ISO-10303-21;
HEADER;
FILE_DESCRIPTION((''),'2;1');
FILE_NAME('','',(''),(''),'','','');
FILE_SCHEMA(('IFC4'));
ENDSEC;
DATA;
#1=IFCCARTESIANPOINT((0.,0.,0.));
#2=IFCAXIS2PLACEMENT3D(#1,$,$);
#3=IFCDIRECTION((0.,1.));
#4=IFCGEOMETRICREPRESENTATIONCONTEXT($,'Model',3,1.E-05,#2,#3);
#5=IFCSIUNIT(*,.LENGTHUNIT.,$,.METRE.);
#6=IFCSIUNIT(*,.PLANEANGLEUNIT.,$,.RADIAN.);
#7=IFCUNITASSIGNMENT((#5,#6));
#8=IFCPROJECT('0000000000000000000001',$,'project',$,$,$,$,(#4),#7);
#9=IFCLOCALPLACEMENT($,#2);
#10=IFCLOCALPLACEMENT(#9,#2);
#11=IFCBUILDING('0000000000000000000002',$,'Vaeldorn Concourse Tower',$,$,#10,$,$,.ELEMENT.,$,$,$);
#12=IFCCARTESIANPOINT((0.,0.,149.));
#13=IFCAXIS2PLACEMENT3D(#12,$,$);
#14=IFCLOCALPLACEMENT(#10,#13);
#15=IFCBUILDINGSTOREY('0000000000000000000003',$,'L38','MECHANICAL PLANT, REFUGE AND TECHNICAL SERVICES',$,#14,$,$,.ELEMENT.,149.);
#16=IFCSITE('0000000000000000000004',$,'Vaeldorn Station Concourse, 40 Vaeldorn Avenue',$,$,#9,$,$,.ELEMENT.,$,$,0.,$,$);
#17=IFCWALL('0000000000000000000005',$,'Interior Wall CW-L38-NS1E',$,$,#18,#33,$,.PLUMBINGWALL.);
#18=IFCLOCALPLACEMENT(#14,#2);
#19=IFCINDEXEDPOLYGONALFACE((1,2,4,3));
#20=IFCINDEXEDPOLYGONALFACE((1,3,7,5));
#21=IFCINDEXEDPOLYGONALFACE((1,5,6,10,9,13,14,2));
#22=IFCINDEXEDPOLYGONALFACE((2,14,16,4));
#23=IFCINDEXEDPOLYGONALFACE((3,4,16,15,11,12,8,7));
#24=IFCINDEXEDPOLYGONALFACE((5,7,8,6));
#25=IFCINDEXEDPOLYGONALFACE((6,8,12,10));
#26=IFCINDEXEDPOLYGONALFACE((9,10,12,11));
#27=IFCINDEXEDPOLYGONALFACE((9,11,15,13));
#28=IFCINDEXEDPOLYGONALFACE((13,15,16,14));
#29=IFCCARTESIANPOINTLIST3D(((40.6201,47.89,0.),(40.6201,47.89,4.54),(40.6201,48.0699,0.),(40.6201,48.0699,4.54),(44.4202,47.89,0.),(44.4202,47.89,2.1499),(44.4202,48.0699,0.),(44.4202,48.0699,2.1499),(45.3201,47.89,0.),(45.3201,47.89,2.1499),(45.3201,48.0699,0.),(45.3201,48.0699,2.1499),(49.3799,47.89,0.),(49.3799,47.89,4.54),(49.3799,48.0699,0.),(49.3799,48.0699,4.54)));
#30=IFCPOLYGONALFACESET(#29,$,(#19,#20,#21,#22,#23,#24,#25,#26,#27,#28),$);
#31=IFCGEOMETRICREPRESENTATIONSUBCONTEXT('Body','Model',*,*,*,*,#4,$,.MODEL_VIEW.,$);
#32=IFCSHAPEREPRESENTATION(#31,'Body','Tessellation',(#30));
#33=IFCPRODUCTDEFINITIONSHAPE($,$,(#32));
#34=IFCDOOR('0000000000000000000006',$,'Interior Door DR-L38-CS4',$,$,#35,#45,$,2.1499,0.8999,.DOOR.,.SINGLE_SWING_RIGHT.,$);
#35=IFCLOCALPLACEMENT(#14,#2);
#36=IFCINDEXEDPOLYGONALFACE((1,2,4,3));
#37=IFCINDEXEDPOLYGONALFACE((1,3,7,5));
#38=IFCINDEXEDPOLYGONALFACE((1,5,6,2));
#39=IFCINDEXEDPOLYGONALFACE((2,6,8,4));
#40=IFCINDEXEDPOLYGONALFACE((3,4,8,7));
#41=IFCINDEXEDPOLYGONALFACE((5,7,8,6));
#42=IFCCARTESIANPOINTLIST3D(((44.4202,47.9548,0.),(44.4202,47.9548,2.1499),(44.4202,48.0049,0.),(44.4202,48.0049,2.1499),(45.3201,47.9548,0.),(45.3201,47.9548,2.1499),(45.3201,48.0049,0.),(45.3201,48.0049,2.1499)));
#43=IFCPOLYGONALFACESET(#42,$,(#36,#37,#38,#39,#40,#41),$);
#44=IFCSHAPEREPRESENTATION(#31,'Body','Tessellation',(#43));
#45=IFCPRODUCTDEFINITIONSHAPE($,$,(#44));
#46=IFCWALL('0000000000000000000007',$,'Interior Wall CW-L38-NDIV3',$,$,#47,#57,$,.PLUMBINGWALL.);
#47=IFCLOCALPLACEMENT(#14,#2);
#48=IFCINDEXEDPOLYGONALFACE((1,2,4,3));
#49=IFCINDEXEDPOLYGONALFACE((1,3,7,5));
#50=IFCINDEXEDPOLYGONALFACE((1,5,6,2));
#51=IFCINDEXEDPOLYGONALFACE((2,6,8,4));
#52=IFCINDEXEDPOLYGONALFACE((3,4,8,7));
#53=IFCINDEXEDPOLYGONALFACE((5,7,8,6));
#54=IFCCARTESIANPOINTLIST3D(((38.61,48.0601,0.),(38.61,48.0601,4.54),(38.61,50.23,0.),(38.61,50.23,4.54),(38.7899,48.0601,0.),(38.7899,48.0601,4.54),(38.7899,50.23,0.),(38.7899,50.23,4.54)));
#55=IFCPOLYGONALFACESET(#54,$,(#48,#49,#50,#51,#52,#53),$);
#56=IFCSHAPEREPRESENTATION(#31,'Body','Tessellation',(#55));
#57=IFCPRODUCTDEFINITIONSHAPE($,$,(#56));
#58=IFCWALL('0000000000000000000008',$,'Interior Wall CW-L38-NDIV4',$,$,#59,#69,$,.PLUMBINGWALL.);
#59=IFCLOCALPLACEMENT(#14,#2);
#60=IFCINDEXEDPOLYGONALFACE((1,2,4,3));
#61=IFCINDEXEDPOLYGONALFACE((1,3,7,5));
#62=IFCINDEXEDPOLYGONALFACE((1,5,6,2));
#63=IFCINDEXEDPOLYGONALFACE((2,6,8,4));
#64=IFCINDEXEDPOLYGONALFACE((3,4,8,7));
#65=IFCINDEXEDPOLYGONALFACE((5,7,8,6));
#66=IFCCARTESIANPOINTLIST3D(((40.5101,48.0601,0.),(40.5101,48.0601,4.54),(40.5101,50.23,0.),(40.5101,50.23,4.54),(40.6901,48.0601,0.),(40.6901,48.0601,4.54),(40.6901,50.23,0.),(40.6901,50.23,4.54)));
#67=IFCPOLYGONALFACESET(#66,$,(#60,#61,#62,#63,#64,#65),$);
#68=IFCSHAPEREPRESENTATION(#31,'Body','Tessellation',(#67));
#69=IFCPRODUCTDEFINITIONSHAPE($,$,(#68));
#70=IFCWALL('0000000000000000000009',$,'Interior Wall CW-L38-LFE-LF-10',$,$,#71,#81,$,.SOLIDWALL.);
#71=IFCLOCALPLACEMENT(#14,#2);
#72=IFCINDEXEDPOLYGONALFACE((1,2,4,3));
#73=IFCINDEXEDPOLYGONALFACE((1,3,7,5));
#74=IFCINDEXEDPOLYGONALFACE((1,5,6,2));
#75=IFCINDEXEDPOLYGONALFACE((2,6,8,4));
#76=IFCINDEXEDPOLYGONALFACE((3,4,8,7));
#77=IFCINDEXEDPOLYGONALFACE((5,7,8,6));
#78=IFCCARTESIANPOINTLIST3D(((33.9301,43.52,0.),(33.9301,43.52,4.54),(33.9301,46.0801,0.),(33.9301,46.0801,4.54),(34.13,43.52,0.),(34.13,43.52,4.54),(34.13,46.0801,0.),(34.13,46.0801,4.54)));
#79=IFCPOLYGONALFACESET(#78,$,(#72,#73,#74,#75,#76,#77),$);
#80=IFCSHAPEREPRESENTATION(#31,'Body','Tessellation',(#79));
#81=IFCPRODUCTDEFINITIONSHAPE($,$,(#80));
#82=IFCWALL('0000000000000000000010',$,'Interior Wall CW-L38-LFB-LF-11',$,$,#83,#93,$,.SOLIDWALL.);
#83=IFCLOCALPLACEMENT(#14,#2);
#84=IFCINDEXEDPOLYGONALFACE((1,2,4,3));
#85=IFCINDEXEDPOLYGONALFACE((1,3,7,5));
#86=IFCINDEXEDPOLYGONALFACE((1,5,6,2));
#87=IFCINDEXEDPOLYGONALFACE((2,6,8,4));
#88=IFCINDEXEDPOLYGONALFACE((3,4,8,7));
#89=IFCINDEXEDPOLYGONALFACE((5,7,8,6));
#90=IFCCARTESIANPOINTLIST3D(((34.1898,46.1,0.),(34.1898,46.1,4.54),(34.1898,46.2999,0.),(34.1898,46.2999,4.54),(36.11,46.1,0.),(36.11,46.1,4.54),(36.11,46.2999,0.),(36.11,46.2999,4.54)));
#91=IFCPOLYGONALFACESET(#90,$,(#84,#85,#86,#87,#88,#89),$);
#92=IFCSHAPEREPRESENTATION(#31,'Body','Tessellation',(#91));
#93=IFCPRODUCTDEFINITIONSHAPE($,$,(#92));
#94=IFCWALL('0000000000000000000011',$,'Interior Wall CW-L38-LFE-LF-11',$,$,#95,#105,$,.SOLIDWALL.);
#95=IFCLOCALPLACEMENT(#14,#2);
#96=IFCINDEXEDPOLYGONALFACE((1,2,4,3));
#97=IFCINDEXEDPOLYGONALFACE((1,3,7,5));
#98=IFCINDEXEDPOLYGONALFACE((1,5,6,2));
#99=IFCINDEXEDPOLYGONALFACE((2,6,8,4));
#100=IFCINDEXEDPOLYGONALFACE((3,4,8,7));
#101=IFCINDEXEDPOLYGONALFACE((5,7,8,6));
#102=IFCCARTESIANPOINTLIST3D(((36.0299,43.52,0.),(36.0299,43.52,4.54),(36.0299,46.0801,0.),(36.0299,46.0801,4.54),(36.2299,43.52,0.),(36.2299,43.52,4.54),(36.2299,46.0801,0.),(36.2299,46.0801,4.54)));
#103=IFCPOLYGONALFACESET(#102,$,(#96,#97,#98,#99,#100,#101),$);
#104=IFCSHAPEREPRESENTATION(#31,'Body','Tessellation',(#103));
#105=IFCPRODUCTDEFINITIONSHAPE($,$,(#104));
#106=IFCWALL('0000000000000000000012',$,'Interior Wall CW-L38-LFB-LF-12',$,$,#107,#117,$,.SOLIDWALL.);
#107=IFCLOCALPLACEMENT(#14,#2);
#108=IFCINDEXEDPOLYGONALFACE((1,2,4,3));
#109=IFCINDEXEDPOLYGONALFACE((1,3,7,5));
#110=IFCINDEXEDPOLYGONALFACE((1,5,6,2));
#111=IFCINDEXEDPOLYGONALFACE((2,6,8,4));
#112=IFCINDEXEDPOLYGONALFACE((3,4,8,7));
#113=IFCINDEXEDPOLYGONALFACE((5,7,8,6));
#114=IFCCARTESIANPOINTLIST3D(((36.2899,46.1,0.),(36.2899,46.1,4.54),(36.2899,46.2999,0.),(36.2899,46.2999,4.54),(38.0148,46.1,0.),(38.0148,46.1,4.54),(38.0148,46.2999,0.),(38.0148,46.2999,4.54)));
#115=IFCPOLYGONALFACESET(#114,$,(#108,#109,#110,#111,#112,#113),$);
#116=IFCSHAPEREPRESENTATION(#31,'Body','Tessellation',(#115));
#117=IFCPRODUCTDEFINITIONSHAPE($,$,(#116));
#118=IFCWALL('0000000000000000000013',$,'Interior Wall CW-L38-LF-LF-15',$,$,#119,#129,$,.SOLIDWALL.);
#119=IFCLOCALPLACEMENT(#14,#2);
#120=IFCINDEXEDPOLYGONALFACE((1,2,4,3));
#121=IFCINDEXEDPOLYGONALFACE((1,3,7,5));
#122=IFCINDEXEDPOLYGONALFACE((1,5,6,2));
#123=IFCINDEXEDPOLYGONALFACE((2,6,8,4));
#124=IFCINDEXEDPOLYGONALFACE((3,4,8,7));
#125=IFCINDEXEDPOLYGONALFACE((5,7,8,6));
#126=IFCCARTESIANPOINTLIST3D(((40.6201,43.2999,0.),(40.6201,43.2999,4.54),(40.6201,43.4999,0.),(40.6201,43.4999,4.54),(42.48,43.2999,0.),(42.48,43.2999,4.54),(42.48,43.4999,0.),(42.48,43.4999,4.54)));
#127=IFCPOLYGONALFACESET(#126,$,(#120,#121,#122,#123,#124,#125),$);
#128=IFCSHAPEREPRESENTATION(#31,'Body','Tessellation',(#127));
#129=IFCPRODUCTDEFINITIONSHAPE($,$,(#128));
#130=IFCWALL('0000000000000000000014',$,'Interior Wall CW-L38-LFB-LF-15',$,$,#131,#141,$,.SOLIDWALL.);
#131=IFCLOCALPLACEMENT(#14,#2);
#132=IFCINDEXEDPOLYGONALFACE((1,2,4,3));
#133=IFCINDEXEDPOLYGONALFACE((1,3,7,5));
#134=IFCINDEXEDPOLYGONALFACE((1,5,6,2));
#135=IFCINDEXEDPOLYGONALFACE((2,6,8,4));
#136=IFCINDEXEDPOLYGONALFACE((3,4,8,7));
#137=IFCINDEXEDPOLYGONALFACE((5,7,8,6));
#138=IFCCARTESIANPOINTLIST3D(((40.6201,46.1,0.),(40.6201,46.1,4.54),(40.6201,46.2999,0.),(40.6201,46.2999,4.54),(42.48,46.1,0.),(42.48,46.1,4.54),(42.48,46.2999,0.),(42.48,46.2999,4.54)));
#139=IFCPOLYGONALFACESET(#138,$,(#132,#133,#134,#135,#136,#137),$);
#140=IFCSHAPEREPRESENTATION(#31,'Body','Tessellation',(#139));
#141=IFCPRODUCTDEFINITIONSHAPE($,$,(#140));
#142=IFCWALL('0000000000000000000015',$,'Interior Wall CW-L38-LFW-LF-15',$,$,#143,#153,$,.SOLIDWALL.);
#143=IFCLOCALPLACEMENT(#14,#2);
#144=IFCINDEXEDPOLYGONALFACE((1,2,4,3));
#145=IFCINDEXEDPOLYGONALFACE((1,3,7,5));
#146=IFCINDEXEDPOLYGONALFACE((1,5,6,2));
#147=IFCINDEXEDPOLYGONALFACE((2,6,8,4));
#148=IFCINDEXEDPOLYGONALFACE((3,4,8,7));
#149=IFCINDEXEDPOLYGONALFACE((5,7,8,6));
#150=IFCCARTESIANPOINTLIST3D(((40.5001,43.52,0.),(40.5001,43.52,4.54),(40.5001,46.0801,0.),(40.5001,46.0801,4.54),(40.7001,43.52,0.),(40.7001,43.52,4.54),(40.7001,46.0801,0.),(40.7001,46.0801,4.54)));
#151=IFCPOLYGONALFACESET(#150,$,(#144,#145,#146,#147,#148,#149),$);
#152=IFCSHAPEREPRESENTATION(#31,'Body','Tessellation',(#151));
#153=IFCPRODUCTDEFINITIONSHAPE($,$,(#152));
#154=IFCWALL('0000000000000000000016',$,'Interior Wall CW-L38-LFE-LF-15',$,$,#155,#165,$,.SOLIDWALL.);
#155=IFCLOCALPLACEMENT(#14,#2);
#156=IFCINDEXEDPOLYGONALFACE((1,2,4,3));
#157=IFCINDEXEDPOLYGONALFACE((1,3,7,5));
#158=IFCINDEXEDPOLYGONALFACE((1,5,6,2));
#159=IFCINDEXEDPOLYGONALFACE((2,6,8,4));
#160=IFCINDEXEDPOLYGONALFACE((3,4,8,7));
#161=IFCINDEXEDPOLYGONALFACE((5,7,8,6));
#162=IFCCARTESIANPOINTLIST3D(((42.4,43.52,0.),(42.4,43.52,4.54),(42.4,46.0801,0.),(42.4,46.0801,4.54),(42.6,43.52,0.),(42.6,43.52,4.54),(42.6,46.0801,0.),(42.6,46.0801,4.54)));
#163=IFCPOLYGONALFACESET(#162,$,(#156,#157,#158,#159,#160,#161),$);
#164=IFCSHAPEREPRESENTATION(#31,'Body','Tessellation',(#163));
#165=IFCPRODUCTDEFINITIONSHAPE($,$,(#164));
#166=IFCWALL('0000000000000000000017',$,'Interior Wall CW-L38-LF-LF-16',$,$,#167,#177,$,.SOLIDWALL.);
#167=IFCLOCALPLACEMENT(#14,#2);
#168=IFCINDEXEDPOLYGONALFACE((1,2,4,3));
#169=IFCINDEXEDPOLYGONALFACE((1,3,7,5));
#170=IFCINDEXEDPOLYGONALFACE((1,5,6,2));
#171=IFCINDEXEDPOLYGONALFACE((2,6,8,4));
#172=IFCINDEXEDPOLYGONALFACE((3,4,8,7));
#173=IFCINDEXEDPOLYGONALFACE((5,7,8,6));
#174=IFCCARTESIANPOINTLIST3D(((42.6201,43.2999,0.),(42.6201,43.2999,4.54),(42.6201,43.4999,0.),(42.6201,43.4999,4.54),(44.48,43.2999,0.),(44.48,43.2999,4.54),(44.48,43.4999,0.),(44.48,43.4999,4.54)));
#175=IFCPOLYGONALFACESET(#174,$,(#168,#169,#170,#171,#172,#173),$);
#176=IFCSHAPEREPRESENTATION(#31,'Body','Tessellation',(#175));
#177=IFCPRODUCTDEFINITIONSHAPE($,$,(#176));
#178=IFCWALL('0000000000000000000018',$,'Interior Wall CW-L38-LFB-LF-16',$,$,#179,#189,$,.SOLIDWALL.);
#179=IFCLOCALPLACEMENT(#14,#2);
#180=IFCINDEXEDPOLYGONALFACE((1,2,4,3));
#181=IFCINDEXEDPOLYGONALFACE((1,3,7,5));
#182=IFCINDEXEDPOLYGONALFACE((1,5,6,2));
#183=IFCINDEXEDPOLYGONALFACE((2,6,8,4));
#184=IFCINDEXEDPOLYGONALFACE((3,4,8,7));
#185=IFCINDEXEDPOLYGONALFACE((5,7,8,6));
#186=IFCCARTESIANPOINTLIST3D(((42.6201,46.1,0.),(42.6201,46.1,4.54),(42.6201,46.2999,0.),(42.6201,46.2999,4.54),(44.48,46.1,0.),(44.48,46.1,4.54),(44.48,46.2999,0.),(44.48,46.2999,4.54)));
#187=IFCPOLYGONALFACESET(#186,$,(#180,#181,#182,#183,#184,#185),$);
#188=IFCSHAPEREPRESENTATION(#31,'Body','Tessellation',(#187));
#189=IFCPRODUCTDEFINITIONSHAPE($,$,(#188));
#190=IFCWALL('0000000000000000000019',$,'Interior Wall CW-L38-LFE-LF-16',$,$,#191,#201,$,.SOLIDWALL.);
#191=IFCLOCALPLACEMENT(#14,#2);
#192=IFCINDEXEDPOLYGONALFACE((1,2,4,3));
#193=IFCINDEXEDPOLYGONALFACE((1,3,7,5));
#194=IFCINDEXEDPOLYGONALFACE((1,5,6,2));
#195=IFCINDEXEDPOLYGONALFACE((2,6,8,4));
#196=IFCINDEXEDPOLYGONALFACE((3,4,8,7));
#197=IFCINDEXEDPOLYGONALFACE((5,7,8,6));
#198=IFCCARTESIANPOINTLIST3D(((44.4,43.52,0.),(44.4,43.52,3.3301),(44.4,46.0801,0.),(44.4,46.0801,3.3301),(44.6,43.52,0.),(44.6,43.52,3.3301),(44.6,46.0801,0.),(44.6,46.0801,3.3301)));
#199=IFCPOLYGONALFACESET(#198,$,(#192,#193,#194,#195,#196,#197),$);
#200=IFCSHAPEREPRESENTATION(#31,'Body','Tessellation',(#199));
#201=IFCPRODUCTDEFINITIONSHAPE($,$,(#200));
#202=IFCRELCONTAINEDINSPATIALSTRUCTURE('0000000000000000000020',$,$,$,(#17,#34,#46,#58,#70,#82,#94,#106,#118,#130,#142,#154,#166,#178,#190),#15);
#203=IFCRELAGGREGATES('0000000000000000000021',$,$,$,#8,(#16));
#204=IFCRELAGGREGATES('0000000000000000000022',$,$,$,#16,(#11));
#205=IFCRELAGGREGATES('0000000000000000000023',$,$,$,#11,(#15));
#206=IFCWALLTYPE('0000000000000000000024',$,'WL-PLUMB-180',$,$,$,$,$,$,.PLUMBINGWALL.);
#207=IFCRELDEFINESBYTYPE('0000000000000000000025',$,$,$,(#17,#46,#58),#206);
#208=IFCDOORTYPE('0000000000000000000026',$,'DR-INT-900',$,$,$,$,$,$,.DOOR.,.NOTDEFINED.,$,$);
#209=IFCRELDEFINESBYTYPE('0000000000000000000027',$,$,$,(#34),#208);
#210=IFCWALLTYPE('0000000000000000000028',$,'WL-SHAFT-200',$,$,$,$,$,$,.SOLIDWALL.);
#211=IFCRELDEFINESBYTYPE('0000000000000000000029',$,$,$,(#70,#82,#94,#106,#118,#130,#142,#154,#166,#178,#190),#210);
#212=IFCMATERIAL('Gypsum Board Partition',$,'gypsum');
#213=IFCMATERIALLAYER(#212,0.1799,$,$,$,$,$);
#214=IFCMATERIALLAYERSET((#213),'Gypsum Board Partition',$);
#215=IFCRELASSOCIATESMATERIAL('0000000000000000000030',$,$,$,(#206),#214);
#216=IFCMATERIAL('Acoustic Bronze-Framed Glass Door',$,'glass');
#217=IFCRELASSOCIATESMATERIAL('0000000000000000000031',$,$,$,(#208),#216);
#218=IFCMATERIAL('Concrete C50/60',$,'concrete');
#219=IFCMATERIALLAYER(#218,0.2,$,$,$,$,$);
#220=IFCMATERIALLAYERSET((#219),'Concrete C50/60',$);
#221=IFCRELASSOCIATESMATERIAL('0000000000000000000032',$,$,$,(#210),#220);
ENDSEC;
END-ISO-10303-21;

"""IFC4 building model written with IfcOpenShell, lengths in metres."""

from ifc_helpers import new_model, si_unit, direction, frame, frame_2d, origin, place, context, subcontext, project, spatial, rectangle, extrude, source, transform, mapped, material, layer, layer_set, type_object, element, fill, save


model = new_model("IFC4")

# Units and contexts
model_context = context("Model", 3, precision=1e-05, world=origin(), true_north=direction((0.0, 1.0)))
body_context = subcontext(model_context, "Body", "Model", "MODEL_VIEW")
ifc_project = project(units=[si_unit("LENGTHUNIT", "METRE"), si_unit("PLANEANGLEUNIT", "RADIAN")], contexts=[model_context])

# Site, building, storey
site_placement = place(None, origin())
site = spatial("IfcSite", under=ifc_project, at=site_placement, Name="Vaeldorn Station Concourse, 40 Vaeldorn Avenue", CompositionType="ELEMENT", RefElevation=0.0)
building_placement = place(site_placement, origin())
building = spatial("IfcBuilding", under=site, at=building_placement, Name="Vaeldorn Concourse Tower", CompositionType="ELEMENT")
storey_placement = place(building_placement, frame((0.0, 0.0, 149.0)))
storey = spatial("IfcBuildingStorey", under=building, at=storey_placement, Name="L38", Description="MECHANICAL PLANT, REFUGE AND TECHNICAL SERVICES", CompositionType="ELEMENT", Elevation=149.0)

# Wall, opening, door
ifc_material_1 = material(Name="Gypsum Board Partition", Category="gypsum")
ifc_layer_1 = layer(ifc_material_1, 0.1799)
ifc_layer_set_1 = layer_set([ifc_layer_1], Name="Gypsum Board Partition")
wall_type_1 = type_object("IfcWallType", Name="WL-PLUMB-180", PredefinedType="PLUMBINGWALL", material=ifc_layer_set_1)
wall_1_placement = place(storey_placement, frame((40.6201, 47.98, 0.0), z_axis=(0.0, 0.0, 1.0), x_axis=(1.0, 0.0, 0.0)))
wall_1 = element("IfcWall", 1, at=wall_1_placement, inside=storey, type_object=wall_type_1, Name="Interior Wall CW-L38-NS1E", PredefinedType="PLUMBINGWALL", context=body_context, shape_type="SweptSolid", body=[
    extrude(rectangle(XDim=8.7598, YDim=0.1799, at=frame_2d((4.3799, 0.0))), origin(), (0.0, 0.0, 1.0), 4.54),
])
opening_1_placement = place(wall_1_placement, frame((3.8, 0.0, 0.0)))
opening_1 = element("IfcOpeningElement", 2, at=opening_1_placement, cuts=wall_1, PredefinedType="OPENING", context=body_context, shape_type="SweptSolid", body=[
    extrude(rectangle(XDim=0.8999, YDim=2.1499, at=frame_2d((0.45, 1.075))), frame((0.0, 0.1001, 0.0), z_axis=(0.0, -1.0, 0.0), x_axis=(1.0, 0.0, 0.0)), (0.0, 0.0, 1.0), 0.2),
])
ifc_material_2 = material(Name="Acoustic Bronze-Framed Glass Door", Category="glass")
door_type_1 = type_object("IfcDoorType", Name="DR-INT-900", OperationType="NOTDEFINED", PredefinedType="DOOR", material=ifc_material_2)
shared_shape_1 = source(origin(), body_context, "Body", "SweptSolid", [
    extrude(rectangle(XDim=0.8999, YDim=2.1499, at=frame_2d((0.45, 1.075))), frame((0.0, 0.0249, 0.0), z_axis=(0.0, -1.0, 0.0), x_axis=(1.0, 0.0, 0.0)), (0.0, 0.0, 1.0), 0.05),
])
door_1_placement = place(opening_1_placement, origin())
door_1 = element("IfcDoor", 3, at=door_1_placement, inside=storey, type_object=door_type_1, Name="Interior Door DR-L38-CS4", OperationType="SINGLE_SWING_RIGHT", OverallHeight=2.1499, OverallWidth=0.8999, PredefinedType="DOOR", context=body_context, shape_type="MappedRepresentation", body=[
    mapped(shared_shape_1, transform((0.0, 0.0, 0.0), scale=1.0)),
])
fill(opening_1, door_1)

# Walls
for number, where, z_axis, x_axis, name in (
    (4, (38.7, 48.0601, 0.0), (0.0, 0.0, 1.0), (0.0, 1.0, 0.0), "Interior Wall CW-L38-NDIV3"),
    (5, (40.6001, 48.0601, 0.0), (0.0, 0.0, 1.0), (0.0, 1.0, 0.0), "Interior Wall CW-L38-NDIV4"),
):
    element("IfcWall", number, at=place(storey_placement, frame(where, z_axis=z_axis, x_axis=x_axis)), inside=storey, type_object=wall_type_1, Name=name, PredefinedType="PLUMBINGWALL", context=body_context, shape_type="SweptSolid", body=[
        extrude(rectangle(XDim=2.1699, YDim=0.1799, at=frame_2d((1.085, 0.0))), origin(), (0.0, 0.0, 1.0), 4.54),
    ])
ifc_material_3 = material(Name="Concrete C50/60", Category="concrete")
ifc_layer_2 = layer(ifc_material_3, 0.2)
ifc_layer_set_2 = layer_set([ifc_layer_2], Name="Concrete C50/60")
wall_type_2 = type_object("IfcWallType", Name="WL-SHAFT-200", PredefinedType="SOLIDWALL", material=ifc_layer_set_2)
wall_2_placement = place(storey_placement, frame((34.03, 43.52, 0.0), z_axis=(0.0, 0.0, 1.0), x_axis=(0.0, 1.0, 0.0)))
element("IfcWall", 6, at=wall_2_placement, inside=storey, type_object=wall_type_2, Name="Interior Wall CW-L38-LFE-LF-10", PredefinedType="SOLIDWALL", context=body_context, shape_type="SweptSolid", body=[
    extrude(rectangle(XDim=2.5601, YDim=0.2, at=frame_2d((1.28, 0.0))), origin(), (0.0, 0.0, 1.0), 4.54),
])
wall_3_placement = place(storey_placement, frame((34.1899, 46.2, 0.0), z_axis=(0.0, 0.0, 1.0), x_axis=(1.0, 0.0, 0.0)))
element("IfcWall", 7, at=wall_3_placement, inside=storey, type_object=wall_type_2, Name="Interior Wall CW-L38-LFB-LF-11", PredefinedType="SOLIDWALL", context=body_context, shape_type="SweptSolid", body=[
    extrude(rectangle(XDim=1.9202, YDim=0.2, at=frame_2d((0.96, 0.0))), origin(), (0.0, 0.0, 1.0), 4.54),
])
wall_4_placement = place(storey_placement, frame((36.1299, 43.52, 0.0), z_axis=(0.0, 0.0, 1.0), x_axis=(0.0, 1.0, 0.0)))
element("IfcWall", 8, at=wall_4_placement, inside=storey, type_object=wall_type_2, Name="Interior Wall CW-L38-LFE-LF-11", PredefinedType="SOLIDWALL", context=body_context, shape_type="SweptSolid", body=[
    extrude(rectangle(XDim=2.5601, YDim=0.2, at=frame_2d((1.28, 0.0))), origin(), (0.0, 0.0, 1.0), 4.54),
])
wall_5_placement = place(storey_placement, frame((36.29, 46.2, 0.0), z_axis=(0.0, 0.0, 1.0), x_axis=(1.0, 0.0, 0.0)))
element("IfcWall", 9, at=wall_5_placement, inside=storey, type_object=wall_type_2, Name="Interior Wall CW-L38-LFB-LF-12", PredefinedType="SOLIDWALL", context=body_context, shape_type="SweptSolid", body=[
    extrude(rectangle(XDim=1.7249, YDim=0.2, at=frame_2d((0.8623, 0.0))), origin(), (0.0, 0.0, 1.0), 4.54),
])
for number, where, z_axis, x_axis, name in (
    (10, (40.6201, 43.3999, 0.0), (0.0, 0.0, 1.0), (1.0, 0.0, 0.0), "Interior Wall CW-L38-LF-LF-15"),
    (11, (40.6201, 46.2, 0.0), (0.0, 0.0, 1.0), (1.0, 0.0, 0.0), "Interior Wall CW-L38-LFB-LF-15"),
):
    element("IfcWall", number, at=place(storey_placement, frame(where, z_axis=z_axis, x_axis=x_axis)), inside=storey, type_object=wall_type_2, Name=name, PredefinedType="SOLIDWALL", context=body_context, shape_type="SweptSolid", body=[
        extrude(rectangle(XDim=1.8599, YDim=0.2, at=frame_2d((0.9299, 0.0))), origin(), (0.0, 0.0, 1.0), 4.54),
    ])
for number, where, z_axis, x_axis, name in (
    (12, (40.6001, 43.52, 0.0), (0.0, 0.0, 1.0), (0.0, 1.0, 0.0), "Interior Wall CW-L38-LFW-LF-15"),
    (13, (42.5, 43.52, 0.0), (0.0, 0.0, 1.0), (0.0, 1.0, 0.0), "Interior Wall CW-L38-LFE-LF-15"),
):
    element("IfcWall", number, at=place(storey_placement, frame(where, z_axis=z_axis, x_axis=x_axis)), inside=storey, type_object=wall_type_2, Name=name, PredefinedType="SOLIDWALL", context=body_context, shape_type="SweptSolid", body=[
        extrude(rectangle(XDim=2.5601, YDim=0.2, at=frame_2d((1.28, 0.0))), origin(), (0.0, 0.0, 1.0), 4.54),
    ])
for number, where, z_axis, x_axis, name in (
    (14, (42.6201, 43.3999, 0.0), (0.0, 0.0, 1.0), (1.0, 0.0, 0.0), "Interior Wall CW-L38-LF-LF-16"),
    (15, (42.6201, 46.2, 0.0), (0.0, 0.0, 1.0), (1.0, 0.0, 0.0), "Interior Wall CW-L38-LFB-LF-16"),
):
    element("IfcWall", number, at=place(storey_placement, frame(where, z_axis=z_axis, x_axis=x_axis)), inside=storey, type_object=wall_type_2, Name=name, PredefinedType="SOLIDWALL", context=body_context, shape_type="SweptSolid", body=[
        extrude(rectangle(XDim=1.8599, YDim=0.2, at=frame_2d((0.9299, 0.0))), origin(), (0.0, 0.0, 1.0), 4.54),
    ])
wall_6_placement = place(storey_placement, frame((44.5, 43.52, 0.0), z_axis=(0.0, 0.0, 1.0), x_axis=(0.0, 1.0, 0.0)))
element("IfcWall", 16, at=wall_6_placement, inside=storey, type_object=wall_type_2, Name="Interior Wall CW-L38-LFE-LF-16", PredefinedType="SOLIDWALL", context=body_context, shape_type="SweptSolid", body=[
    extrude(rectangle(XDim=2.5601, YDim=0.2, at=frame_2d((1.28, 0.0))), origin(), (0.0, 0.0, 1.0), 3.3301),
])

save(model, "model.ifc")
